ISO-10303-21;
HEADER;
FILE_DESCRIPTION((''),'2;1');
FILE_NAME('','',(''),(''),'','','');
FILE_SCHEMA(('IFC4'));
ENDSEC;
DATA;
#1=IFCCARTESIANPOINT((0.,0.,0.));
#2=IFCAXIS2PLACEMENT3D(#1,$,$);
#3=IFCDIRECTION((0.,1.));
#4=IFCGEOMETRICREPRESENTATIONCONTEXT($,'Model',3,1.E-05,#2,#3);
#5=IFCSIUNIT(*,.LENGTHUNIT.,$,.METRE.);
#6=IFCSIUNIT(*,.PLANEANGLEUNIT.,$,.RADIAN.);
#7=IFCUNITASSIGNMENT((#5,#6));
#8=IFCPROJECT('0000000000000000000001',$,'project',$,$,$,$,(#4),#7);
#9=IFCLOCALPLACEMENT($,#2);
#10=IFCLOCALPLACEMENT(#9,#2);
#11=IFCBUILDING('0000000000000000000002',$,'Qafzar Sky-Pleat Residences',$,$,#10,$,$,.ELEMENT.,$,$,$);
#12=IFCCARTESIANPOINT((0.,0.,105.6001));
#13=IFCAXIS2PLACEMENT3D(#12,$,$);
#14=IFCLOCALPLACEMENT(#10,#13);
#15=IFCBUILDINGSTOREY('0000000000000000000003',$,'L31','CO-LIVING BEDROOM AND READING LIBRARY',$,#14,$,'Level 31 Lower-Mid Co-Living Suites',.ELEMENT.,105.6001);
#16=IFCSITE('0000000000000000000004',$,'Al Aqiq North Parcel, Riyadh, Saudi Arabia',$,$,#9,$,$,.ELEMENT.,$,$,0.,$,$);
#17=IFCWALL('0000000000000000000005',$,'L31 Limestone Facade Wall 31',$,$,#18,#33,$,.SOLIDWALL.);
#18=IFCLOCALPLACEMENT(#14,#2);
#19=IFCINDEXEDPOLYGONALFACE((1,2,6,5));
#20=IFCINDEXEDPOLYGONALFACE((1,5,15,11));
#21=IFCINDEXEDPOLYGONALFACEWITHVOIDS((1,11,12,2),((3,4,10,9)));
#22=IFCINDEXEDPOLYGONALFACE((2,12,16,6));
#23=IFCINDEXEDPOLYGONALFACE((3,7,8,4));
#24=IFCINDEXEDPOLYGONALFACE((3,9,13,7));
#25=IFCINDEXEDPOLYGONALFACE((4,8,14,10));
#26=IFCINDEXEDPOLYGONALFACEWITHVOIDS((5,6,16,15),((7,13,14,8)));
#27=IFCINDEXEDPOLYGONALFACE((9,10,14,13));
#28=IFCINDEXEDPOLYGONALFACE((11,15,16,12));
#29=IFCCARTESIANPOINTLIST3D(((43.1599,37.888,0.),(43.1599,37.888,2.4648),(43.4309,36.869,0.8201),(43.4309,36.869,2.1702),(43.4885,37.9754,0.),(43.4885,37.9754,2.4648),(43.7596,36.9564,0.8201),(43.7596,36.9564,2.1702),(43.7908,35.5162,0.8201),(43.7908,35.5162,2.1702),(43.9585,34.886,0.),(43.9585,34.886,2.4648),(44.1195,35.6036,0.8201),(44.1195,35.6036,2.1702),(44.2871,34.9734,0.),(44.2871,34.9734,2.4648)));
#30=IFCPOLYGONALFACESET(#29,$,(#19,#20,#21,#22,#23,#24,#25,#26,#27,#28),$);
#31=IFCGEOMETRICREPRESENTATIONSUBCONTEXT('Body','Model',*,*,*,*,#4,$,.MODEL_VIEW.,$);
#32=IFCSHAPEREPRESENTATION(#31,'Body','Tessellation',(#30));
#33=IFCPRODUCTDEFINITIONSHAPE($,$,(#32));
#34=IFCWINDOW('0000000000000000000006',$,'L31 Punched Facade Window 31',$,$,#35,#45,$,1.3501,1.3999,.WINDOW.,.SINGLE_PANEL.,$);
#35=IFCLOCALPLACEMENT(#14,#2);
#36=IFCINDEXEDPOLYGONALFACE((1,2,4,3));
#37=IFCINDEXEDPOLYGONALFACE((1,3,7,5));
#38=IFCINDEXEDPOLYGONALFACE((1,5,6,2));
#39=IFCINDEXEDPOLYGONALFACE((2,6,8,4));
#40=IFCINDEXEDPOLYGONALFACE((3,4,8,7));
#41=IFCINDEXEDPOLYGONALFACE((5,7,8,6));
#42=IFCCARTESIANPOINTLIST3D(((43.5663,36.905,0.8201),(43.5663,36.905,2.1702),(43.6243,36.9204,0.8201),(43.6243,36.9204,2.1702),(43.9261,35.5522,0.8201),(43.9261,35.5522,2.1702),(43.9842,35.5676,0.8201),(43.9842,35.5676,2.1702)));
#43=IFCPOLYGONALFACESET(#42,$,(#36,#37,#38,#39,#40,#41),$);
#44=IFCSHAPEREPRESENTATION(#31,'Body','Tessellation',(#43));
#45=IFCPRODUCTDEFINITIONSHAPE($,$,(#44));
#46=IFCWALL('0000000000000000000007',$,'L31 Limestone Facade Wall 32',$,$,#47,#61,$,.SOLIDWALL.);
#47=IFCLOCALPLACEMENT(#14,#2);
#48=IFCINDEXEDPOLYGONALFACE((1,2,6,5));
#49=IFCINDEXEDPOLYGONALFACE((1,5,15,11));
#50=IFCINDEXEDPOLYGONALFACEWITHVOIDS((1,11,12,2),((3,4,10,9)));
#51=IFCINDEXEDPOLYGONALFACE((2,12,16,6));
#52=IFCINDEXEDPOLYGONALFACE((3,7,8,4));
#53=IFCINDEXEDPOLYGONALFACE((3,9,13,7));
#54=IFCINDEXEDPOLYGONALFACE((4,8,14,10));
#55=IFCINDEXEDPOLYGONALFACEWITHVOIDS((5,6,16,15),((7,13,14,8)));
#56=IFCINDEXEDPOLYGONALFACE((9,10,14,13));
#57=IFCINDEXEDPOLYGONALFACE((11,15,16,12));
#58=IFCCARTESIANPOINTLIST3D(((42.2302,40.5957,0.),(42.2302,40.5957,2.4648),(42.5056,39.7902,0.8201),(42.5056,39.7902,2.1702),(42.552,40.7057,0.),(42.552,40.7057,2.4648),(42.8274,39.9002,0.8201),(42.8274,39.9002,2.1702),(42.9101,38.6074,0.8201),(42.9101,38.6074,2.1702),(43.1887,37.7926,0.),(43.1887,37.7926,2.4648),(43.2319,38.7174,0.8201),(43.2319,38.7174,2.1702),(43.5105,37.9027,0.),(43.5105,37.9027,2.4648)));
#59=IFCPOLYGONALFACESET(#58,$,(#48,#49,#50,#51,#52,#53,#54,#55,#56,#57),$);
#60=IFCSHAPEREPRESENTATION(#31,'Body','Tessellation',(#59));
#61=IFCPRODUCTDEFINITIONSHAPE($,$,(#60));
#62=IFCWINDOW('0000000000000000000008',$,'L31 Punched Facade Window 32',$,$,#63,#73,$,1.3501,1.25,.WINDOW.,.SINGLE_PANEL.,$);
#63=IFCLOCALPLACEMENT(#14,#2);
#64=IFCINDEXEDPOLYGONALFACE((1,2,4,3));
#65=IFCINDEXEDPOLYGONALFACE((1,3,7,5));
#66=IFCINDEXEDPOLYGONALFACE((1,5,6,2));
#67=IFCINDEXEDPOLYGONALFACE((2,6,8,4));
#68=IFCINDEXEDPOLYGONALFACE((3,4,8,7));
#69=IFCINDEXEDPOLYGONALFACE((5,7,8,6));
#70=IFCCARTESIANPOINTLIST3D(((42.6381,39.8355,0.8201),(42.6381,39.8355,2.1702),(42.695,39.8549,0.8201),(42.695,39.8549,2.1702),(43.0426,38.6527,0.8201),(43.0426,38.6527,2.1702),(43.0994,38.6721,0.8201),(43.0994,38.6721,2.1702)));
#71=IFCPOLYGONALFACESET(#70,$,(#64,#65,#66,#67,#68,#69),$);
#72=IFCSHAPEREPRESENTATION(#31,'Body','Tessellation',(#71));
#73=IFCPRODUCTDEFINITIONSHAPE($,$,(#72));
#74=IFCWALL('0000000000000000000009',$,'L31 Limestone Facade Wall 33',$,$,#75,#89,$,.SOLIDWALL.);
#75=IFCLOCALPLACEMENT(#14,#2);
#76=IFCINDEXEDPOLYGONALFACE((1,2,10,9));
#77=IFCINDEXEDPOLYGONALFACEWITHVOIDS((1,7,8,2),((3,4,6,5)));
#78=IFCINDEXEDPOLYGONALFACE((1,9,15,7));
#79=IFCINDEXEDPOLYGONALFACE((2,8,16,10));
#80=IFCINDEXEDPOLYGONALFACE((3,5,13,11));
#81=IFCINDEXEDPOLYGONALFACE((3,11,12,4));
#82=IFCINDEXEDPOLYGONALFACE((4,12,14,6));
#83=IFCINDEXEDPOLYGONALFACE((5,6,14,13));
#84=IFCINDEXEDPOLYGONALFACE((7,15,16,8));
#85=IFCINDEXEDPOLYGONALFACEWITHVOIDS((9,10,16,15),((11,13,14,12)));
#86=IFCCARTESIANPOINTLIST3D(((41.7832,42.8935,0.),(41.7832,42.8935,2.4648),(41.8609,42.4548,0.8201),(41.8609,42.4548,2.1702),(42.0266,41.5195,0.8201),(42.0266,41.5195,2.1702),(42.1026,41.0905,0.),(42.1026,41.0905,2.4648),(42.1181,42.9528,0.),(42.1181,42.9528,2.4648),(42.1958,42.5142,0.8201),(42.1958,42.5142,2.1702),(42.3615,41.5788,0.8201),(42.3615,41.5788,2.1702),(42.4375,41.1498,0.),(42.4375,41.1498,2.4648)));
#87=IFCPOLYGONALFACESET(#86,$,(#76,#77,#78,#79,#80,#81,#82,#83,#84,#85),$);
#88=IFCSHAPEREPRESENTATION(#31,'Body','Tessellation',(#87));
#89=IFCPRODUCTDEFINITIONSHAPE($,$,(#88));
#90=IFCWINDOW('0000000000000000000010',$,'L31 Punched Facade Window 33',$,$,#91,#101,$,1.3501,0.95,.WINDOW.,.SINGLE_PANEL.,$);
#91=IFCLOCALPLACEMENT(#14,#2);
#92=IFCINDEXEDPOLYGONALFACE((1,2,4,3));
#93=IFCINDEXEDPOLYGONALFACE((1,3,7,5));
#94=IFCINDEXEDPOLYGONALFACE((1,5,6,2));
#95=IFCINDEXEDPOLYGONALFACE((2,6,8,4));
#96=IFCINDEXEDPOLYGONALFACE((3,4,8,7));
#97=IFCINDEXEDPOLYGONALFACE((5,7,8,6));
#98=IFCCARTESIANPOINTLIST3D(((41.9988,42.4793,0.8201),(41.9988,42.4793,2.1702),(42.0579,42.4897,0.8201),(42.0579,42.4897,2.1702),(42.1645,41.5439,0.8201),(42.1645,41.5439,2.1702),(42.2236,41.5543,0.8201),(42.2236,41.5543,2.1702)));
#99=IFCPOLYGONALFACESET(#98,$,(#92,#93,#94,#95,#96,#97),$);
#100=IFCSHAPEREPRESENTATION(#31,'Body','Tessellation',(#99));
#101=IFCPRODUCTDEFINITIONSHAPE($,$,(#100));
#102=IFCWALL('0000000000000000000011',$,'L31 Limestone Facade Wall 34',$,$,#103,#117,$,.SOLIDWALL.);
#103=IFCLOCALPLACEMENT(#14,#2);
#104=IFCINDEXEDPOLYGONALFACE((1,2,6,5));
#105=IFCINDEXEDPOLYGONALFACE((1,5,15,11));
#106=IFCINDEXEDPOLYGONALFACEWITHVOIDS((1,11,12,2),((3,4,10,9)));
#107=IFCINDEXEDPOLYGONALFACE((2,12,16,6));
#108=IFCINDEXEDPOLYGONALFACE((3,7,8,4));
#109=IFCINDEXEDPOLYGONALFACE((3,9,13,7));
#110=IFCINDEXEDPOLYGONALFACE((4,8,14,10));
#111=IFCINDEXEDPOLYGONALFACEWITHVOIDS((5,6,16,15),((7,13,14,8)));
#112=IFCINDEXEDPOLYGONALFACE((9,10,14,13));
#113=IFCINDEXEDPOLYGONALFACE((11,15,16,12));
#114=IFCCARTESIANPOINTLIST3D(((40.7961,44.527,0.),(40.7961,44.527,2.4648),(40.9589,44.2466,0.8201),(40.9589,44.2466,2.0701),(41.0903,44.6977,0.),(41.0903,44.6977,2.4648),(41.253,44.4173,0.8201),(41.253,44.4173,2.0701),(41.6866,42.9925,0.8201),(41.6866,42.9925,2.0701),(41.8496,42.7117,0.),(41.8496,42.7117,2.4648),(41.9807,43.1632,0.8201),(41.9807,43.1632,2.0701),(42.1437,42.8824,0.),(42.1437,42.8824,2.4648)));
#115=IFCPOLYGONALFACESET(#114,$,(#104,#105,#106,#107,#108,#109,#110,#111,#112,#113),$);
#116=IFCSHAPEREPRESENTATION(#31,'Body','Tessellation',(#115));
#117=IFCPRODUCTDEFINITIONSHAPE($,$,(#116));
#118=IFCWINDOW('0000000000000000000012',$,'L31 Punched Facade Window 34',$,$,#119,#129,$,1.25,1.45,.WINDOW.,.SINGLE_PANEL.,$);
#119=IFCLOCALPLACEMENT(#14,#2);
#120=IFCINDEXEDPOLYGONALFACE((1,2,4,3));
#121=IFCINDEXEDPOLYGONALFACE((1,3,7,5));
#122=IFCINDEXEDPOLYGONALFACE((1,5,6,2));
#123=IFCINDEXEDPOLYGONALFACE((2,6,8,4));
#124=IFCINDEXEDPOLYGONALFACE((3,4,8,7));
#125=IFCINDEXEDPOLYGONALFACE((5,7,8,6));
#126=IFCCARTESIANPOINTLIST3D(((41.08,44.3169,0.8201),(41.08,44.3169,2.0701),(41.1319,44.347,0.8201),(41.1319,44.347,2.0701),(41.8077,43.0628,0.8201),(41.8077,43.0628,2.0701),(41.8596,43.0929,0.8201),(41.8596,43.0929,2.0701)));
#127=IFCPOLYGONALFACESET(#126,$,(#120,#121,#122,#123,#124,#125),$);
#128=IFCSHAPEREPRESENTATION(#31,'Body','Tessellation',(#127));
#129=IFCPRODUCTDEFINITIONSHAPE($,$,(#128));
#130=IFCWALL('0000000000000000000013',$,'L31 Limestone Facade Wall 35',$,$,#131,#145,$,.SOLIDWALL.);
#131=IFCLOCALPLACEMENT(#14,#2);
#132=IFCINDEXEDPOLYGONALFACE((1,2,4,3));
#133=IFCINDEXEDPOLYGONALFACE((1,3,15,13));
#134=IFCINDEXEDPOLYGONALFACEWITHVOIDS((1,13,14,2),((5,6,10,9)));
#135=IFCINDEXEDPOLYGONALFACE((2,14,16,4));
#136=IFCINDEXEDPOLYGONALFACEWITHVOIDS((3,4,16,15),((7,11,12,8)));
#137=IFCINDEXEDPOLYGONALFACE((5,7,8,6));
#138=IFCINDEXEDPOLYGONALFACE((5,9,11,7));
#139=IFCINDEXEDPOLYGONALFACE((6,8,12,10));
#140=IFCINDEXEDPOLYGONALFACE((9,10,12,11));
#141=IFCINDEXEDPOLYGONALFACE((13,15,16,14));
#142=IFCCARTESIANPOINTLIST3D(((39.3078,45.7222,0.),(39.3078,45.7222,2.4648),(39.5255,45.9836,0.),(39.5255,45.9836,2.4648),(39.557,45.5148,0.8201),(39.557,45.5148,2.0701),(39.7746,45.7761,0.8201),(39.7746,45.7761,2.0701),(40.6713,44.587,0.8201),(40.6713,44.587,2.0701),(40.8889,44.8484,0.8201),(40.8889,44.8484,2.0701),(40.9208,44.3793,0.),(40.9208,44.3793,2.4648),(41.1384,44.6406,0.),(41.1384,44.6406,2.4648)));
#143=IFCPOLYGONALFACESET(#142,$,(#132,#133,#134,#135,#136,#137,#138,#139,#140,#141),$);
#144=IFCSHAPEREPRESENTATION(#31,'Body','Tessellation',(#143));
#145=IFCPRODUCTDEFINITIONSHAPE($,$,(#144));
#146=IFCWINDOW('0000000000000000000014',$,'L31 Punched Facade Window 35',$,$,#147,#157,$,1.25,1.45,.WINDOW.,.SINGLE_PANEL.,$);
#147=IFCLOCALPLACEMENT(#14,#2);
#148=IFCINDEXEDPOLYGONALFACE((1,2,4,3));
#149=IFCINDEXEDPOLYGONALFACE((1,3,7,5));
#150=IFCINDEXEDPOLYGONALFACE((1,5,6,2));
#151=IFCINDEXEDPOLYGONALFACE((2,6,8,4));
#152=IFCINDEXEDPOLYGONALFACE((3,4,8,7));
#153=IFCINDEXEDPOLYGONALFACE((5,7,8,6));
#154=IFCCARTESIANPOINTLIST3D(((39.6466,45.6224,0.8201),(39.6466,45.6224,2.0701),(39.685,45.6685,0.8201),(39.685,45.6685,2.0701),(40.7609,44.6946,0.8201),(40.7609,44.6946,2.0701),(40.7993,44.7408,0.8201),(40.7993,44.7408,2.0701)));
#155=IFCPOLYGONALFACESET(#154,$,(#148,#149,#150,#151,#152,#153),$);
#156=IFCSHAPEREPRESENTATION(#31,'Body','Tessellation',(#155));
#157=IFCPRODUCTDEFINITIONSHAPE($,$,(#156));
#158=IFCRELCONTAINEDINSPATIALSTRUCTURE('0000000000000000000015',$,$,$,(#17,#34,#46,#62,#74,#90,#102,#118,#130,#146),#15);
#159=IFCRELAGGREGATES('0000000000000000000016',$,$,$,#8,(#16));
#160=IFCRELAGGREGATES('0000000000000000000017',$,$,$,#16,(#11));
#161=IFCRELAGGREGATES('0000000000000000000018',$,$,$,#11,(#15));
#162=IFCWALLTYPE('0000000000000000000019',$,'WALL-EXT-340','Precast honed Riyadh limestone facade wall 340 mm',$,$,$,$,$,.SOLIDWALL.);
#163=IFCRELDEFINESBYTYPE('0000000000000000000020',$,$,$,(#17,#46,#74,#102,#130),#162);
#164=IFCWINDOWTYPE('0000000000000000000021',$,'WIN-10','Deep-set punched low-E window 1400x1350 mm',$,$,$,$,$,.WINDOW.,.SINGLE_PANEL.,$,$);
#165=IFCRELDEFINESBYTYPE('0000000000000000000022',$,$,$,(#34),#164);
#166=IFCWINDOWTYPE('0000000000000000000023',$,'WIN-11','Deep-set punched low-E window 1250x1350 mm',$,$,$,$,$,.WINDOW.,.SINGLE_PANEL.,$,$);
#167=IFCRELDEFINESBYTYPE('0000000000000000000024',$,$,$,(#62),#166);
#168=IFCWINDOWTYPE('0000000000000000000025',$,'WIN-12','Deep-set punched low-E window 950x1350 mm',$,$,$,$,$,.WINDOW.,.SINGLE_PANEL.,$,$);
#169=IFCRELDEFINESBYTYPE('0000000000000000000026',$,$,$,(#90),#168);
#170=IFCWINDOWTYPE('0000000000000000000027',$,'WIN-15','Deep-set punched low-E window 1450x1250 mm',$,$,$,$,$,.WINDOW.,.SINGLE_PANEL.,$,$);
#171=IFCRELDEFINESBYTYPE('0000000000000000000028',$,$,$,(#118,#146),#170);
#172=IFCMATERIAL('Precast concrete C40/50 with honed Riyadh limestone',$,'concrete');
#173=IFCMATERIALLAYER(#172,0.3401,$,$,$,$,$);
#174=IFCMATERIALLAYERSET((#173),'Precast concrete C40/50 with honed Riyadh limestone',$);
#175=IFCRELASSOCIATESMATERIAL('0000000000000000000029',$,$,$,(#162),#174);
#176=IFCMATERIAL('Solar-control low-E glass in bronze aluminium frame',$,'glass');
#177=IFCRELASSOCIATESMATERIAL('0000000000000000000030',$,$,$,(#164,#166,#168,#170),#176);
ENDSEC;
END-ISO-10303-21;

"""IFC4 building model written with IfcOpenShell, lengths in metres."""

from ifc_helpers import new_model, si_unit, direction, frame, frame_2d, origin, place, context, subcontext, project, spatial, rectangle, extrude, source, transform, mapped, material, layer, layer_set, type_object, element, fill, save


model = new_model("IFC4")

# Units and contexts
model_context = context("Model", 3, precision=1e-05, world=origin(), true_north=direction((0.0, 1.0)))
body_context = subcontext(model_context, "Body", "Model", "MODEL_VIEW")
ifc_project = project(units=[si_unit("LENGTHUNIT", "METRE"), si_unit("PLANEANGLEUNIT", "RADIAN")], contexts=[model_context])

# Site, building, storey
site_placement = place(None, origin())
site = spatial("IfcSite", under=ifc_project, at=site_placement, Name="Al Aqiq North Parcel, Riyadh, Saudi Arabia", CompositionType="ELEMENT", RefElevation=0.0)
building_placement = place(site_placement, origin())
building = spatial("IfcBuilding", under=site, at=building_placement, Name="Qafzar Sky-Pleat Residences", CompositionType="ELEMENT")
storey_placement = place(building_placement, frame((0.0, 0.0, 105.6001)))
storey = spatial("IfcBuildingStorey", under=building, at=storey_placement, Name="L31", Description="CO-LIVING BEDROOM AND READING LIBRARY", LongName="Level 31 Lower-Mid Co-Living Suites", CompositionType="ELEMENT", Elevation=105.6001)

# Walls, openings, windows
ifc_material_1 = material(Name="Precast concrete C40/50 with honed Riyadh limestone", Category="concrete")
ifc_layer_1 = layer(ifc_material_1, 0.3401)
ifc_layer_set_1 = layer_set([ifc_layer_1], Name="Precast concrete C40/50 with honed Riyadh limestone")
wall_type_1 = type_object("IfcWallType", Name="WALL-EXT-340", Description="Precast honed Riyadh limestone facade wall 340 mm", PredefinedType="SOLIDWALL", material=ifc_layer_set_1)
wall_1_placement = place(storey_placement, frame((44.1228, 34.9297, 0.0), z_axis=(0.0, 0.0, 1.0), x_axis=(-0.25708, 0.96639, 0.0)))
wall_1 = element("IfcWall", 1, at=wall_1_placement, inside=storey, type_object=wall_type_1, Name="L31 Limestone Facade Wall 31", PredefinedType="SOLIDWALL", context=body_context, shape_type="SweptSolid", body=[
    extrude(rectangle(XDim=3.1064, YDim=0.3401, at=frame_2d((1.5532, 0.0))), origin(), (0.0, 0.0, 1.0), 2.4648),
])
opening_1_placement = place(wall_1_placement, frame((0.6521, 0.0, 0.8201)))
opening_1 = element("IfcOpeningElement", 2, at=opening_1_placement, cuts=wall_1, PredefinedType="OPENING", context=body_context, shape_type="SweptSolid", body=[
    extrude(rectangle(XDim=1.3999, YDim=1.3501, at=frame_2d((0.7, 0.675))), frame((0.0, 0.1802, 0.0), z_axis=(0.0, -1.0, 0.0), x_axis=(1.0, 0.0, 0.0)), (0.0, 0.0, 1.0), 0.3601),
])
ifc_material_2 = material(Name="Solar-control low-E glass in bronze aluminium frame", Category="glass")
window_type_1 = type_object("IfcWindowType", Name="WIN-10", Description="Deep-set punched low-E window 1400x1350 mm", PartitioningType="SINGLE_PANEL", PredefinedType="WINDOW", material=ifc_material_2)
shared_shape_1 = source(origin(), body_context, "Body", "SweptSolid", [
    extrude(rectangle(XDim=1.3999, YDim=1.3501, at=frame_2d((0.7, 0.675))), frame((0.0, 0.03, 0.0), z_axis=(0.0, -1.0, 0.0), x_axis=(1.0, 0.0, 0.0)), (0.0, 0.0, 1.0), 0.0601),
])
window_1_placement = place(opening_1_placement, origin())
window_1 = element("IfcWindow", 3, at=window_1_placement, inside=storey, type_object=window_type_1, Name="L31 Punched Facade Window 31", OverallHeight=1.3501, OverallWidth=1.3999, PartitioningType="SINGLE_PANEL", PredefinedType="WINDOW", context=body_context, shape_type="MappedRepresentation", body=[
    mapped(shared_shape_1, transform((0.0, 0.0, 0.0), x_axis=(1.0, 0.0, 0.0), y_axis=(0.0, 1.0, 0.0), z_axis=(0.0, 0.0, 1.0), scale=1.0)),
])
fill(opening_1, window_1)
wall_2_placement = place(storey_placement, frame((43.3496, 37.8477, 0.0), z_axis=(0.0, 0.0, 1.0), x_axis=(-0.323561, 0.946207, 0.0)))
wall_2 = element("IfcWall", 4, at=wall_2_placement, inside=storey, type_object=wall_type_1, Name="L31 Limestone Facade Wall 32", PredefinedType="SOLIDWALL", context=body_context, shape_type="SweptSolid", body=[
    extrude(rectangle(XDim=2.9624, YDim=0.3401, at=frame_2d((1.4812, 0.0))), origin(), (0.0, 0.0, 1.0), 2.4648),
])
opening_2_placement = place(wall_2_placement, frame((0.8611, 0.0, 0.8201)))
opening_2 = element("IfcOpeningElement", 5, at=opening_2_placement, cuts=wall_2, PredefinedType="OPENING", context=body_context, shape_type="SweptSolid", body=[
    extrude(rectangle(XDim=1.25, YDim=1.3501, at=frame_2d((0.625, 0.675))), frame((0.0, 0.1802, 0.0), z_axis=(0.0, -1.0, 0.0), x_axis=(1.0, 0.0, 0.0)), (0.0, 0.0, 1.0), 0.3601),
])
window_type_2 = type_object("IfcWindowType", Name="WIN-11", Description="Deep-set punched low-E window 1250x1350 mm", PartitioningType="SINGLE_PANEL", PredefinedType="WINDOW", material=ifc_material_2)
shared_shape_2 = source(origin(), body_context, "Body", "SweptSolid", [
    extrude(rectangle(XDim=1.25, YDim=1.3501, at=frame_2d((0.625, 0.675))), frame((0.0, 0.03, 0.0), z_axis=(0.0, -1.0, 0.0), x_axis=(1.0, 0.0, 0.0)), (0.0, 0.0, 1.0), 0.0601),
])
window_2_placement = place(opening_2_placement, origin())
window_2 = element("IfcWindow", 6, at=window_2_placement, inside=storey, type_object=window_type_2, Name="L31 Punched Facade Window 32", OverallHeight=1.3501, OverallWidth=1.25, PartitioningType="SINGLE_PANEL", PredefinedType="WINDOW", context=body_context, shape_type="MappedRepresentation", body=[
    mapped(shared_shape_2, transform((0.0, 0.0, 0.0), x_axis=(1.0, 0.0, 0.0), y_axis=(0.0, 1.0, 0.0), z_axis=(0.0, 0.0, 1.0), scale=1.0)),
])
fill(opening_2, window_2)
wall_3_placement = place(storey_placement, frame((42.27, 41.1201, 0.0), z_axis=(0.0, 0.0, 1.0), x_axis=(-0.174401, 0.984675, 0.0)))
wall_3 = element("IfcWall", 7, at=wall_3_placement, inside=storey, type_object=wall_type_1, Name="L31 Limestone Facade Wall 33", PredefinedType="SOLIDWALL", context=body_context, shape_type="SweptSolid", body=[
    extrude(rectangle(XDim=1.8311, YDim=0.3401, at=frame_2d((0.9155, 0.0))), origin(), (0.0, 0.0, 1.0), 2.4648),
])
opening_3_placement = place(wall_3_placement, frame((0.4355, 0.0, 0.8201)))
opening_3 = element("IfcOpeningElement", 8, at=opening_3_placement, cuts=wall_3, PredefinedType="OPENING", context=body_context, shape_type="SweptSolid", body=[
    extrude(rectangle(XDim=0.95, YDim=1.3501, at=frame_2d((0.4751, 0.675))), frame((0.0, 0.1802, 0.0), z_axis=(0.0, -1.0, 0.0), x_axis=(1.0, 0.0, 0.0)), (0.0, 0.0, 1.0), 0.3601),
])
window_type_3 = type_object("IfcWindowType", Name="WIN-12", Description="Deep-set punched low-E window 950x1350 mm", PartitioningType="SINGLE_PANEL", PredefinedType="WINDOW", material=ifc_material_2)
shared_shape_3 = source(origin(), body_context, "Body", "SweptSolid", [
    extrude(rectangle(XDim=0.95, YDim=1.3501, at=frame_2d((0.4751, 0.675))), frame((0.0, 0.03, 0.0), z_axis=(0.0, -1.0, 0.0), x_axis=(1.0, 0.0, 0.0)), (0.0, 0.0, 1.0), 0.0601),
])
window_3_placement = place(opening_3_placement, origin())
window_3 = element("IfcWindow", 9, at=window_3_placement, inside=storey, type_object=window_type_3, Name="L31 Punched Facade Window 33", OverallHeight=1.3501, OverallWidth=0.95, PartitioningType="SINGLE_PANEL", PredefinedType="WINDOW", context=body_context, shape_type="MappedRepresentation", body=[
    mapped(shared_shape_3, transform((0.0, 0.0, 0.0), x_axis=(1.0, 0.0, 0.0), y_axis=(0.0, 1.0, 0.0), z_axis=(0.0, 0.0, 1.0), scale=1.0)),
])
fill(opening_3, window_3)
wall_4_placement = place(storey_placement, frame((41.9966, 42.7971, 0.0), z_axis=(0.0, 0.0, 1.0), x_axis=(-0.501903, 0.864924, 0.0)))
wall_4 = element("IfcWall", 10, at=wall_4_placement, inside=storey, type_object=wall_type_1, Name="L31 Limestone Facade Wall 34", PredefinedType="SOLIDWALL", context=body_context, shape_type="SweptSolid", body=[
    extrude(rectangle(XDim=2.0989, YDim=0.3401, at=frame_2d((1.0493, 0.0))), origin(), (0.0, 0.0, 1.0), 2.4648),
])
opening_4_placement = place(wall_4_placement, frame((0.3245, 0.0, 0.8201)))
opening_4 = element("IfcOpeningElement", 11, at=opening_4_placement, cuts=wall_4, PredefinedType="OPENING", context=body_context, shape_type="SweptSolid", body=[
    extrude(rectangle(XDim=1.45, YDim=1.25, at=frame_2d((0.7251, 0.625))), frame((0.0, 0.1802, 0.0), z_axis=(0.0, -1.0, 0.0), x_axis=(1.0, 0.0, 0.0)), (0.0, 0.0, 1.0), 0.3601),
])
window_type_4 = type_object("IfcWindowType", Name="WIN-15", Description="Deep-set punched low-E window 1450x1250 mm", PartitioningType="SINGLE_PANEL", PredefinedType="WINDOW", material=ifc_material_2)
shared_shape_4 = source(origin(), body_context, "Body", "SweptSolid", [
    extrude(rectangle(XDim=1.45, YDim=1.25, at=frame_2d((0.7251, 0.625))), frame((0.0, 0.03, 0.0), z_axis=(0.0, -1.0, 0.0), x_axis=(1.0, 0.0, 0.0)), (0.0, 0.0, 1.0), 0.0601),
])
window_4_placement = place(opening_4_placement, origin())
window_4 = element("IfcWindow", 12, at=window_4_placement, inside=storey, type_object=window_type_4, Name="L31 Punched Facade Window 34", OverallHeight=1.25, OverallWidth=1.45, PartitioningType="SINGLE_PANEL", PredefinedType="WINDOW", context=body_context, shape_type="MappedRepresentation", body=[
    mapped(shared_shape_4, transform((0.0, 0.0, 0.0), x_axis=(1.0, 0.0, 0.0), y_axis=(0.0, 1.0, 0.0), z_axis=(0.0, 0.0, 1.0), scale=1.0)),
])
fill(opening_4, window_4)
wall_5_placement = place(storey_placement, frame((41.0295, 44.51, 0.0), z_axis=(0.0, 0.0, 1.0), x_axis=(-0.768498, 0.639853, 0.0)))
wall_5 = element("IfcWall", 13, at=wall_5_placement, inside=storey, type_object=wall_type_1, Name="L31 Limestone Facade Wall 35", PredefinedType="SOLIDWALL", context=body_context, shape_type="SweptSolid", body=[
    extrude(rectangle(XDim=2.0989, YDim=0.3401, at=frame_2d((1.0493, 0.0))), origin(), (0.0, 0.0, 1.0), 2.4648),
])
opening_5_placement = place(wall_5_placement, frame((0.3245, 0.0, 0.8201)))
opening_5 = element("IfcOpeningElement", 14, at=opening_5_placement, cuts=wall_5, PredefinedType="OPENING", context=body_context, shape_type="SweptSolid", body=[
    extrude(rectangle(XDim=1.45, YDim=1.25, at=frame_2d((0.7251, 0.625))), frame((0.0, 0.1802, 0.0), z_axis=(0.0, -1.0, 0.0), x_axis=(1.0, 0.0, 0.0)), (0.0, 0.0, 1.0), 0.3601),
])
window_5_placement = place(opening_5_placement, origin())
window_5 = element("IfcWindow", 15, at=window_5_placement, inside=storey, type_object=window_type_4, Name="L31 Punched Facade Window 35", OverallHeight=1.25, OverallWidth=1.45, PartitioningType="SINGLE_PANEL", PredefinedType="WINDOW", context=body_context, shape_type="MappedRepresentation", body=[
    mapped(shared_shape_4, transform((0.0, 0.0, 0.0), x_axis=(1.0, 0.0, 0.0), y_axis=(0.0, 1.0, 0.0), z_axis=(0.0, 0.0, 1.0), scale=1.0)),
])
fill(opening_5, window_5)

save(model, "model.ifc")
